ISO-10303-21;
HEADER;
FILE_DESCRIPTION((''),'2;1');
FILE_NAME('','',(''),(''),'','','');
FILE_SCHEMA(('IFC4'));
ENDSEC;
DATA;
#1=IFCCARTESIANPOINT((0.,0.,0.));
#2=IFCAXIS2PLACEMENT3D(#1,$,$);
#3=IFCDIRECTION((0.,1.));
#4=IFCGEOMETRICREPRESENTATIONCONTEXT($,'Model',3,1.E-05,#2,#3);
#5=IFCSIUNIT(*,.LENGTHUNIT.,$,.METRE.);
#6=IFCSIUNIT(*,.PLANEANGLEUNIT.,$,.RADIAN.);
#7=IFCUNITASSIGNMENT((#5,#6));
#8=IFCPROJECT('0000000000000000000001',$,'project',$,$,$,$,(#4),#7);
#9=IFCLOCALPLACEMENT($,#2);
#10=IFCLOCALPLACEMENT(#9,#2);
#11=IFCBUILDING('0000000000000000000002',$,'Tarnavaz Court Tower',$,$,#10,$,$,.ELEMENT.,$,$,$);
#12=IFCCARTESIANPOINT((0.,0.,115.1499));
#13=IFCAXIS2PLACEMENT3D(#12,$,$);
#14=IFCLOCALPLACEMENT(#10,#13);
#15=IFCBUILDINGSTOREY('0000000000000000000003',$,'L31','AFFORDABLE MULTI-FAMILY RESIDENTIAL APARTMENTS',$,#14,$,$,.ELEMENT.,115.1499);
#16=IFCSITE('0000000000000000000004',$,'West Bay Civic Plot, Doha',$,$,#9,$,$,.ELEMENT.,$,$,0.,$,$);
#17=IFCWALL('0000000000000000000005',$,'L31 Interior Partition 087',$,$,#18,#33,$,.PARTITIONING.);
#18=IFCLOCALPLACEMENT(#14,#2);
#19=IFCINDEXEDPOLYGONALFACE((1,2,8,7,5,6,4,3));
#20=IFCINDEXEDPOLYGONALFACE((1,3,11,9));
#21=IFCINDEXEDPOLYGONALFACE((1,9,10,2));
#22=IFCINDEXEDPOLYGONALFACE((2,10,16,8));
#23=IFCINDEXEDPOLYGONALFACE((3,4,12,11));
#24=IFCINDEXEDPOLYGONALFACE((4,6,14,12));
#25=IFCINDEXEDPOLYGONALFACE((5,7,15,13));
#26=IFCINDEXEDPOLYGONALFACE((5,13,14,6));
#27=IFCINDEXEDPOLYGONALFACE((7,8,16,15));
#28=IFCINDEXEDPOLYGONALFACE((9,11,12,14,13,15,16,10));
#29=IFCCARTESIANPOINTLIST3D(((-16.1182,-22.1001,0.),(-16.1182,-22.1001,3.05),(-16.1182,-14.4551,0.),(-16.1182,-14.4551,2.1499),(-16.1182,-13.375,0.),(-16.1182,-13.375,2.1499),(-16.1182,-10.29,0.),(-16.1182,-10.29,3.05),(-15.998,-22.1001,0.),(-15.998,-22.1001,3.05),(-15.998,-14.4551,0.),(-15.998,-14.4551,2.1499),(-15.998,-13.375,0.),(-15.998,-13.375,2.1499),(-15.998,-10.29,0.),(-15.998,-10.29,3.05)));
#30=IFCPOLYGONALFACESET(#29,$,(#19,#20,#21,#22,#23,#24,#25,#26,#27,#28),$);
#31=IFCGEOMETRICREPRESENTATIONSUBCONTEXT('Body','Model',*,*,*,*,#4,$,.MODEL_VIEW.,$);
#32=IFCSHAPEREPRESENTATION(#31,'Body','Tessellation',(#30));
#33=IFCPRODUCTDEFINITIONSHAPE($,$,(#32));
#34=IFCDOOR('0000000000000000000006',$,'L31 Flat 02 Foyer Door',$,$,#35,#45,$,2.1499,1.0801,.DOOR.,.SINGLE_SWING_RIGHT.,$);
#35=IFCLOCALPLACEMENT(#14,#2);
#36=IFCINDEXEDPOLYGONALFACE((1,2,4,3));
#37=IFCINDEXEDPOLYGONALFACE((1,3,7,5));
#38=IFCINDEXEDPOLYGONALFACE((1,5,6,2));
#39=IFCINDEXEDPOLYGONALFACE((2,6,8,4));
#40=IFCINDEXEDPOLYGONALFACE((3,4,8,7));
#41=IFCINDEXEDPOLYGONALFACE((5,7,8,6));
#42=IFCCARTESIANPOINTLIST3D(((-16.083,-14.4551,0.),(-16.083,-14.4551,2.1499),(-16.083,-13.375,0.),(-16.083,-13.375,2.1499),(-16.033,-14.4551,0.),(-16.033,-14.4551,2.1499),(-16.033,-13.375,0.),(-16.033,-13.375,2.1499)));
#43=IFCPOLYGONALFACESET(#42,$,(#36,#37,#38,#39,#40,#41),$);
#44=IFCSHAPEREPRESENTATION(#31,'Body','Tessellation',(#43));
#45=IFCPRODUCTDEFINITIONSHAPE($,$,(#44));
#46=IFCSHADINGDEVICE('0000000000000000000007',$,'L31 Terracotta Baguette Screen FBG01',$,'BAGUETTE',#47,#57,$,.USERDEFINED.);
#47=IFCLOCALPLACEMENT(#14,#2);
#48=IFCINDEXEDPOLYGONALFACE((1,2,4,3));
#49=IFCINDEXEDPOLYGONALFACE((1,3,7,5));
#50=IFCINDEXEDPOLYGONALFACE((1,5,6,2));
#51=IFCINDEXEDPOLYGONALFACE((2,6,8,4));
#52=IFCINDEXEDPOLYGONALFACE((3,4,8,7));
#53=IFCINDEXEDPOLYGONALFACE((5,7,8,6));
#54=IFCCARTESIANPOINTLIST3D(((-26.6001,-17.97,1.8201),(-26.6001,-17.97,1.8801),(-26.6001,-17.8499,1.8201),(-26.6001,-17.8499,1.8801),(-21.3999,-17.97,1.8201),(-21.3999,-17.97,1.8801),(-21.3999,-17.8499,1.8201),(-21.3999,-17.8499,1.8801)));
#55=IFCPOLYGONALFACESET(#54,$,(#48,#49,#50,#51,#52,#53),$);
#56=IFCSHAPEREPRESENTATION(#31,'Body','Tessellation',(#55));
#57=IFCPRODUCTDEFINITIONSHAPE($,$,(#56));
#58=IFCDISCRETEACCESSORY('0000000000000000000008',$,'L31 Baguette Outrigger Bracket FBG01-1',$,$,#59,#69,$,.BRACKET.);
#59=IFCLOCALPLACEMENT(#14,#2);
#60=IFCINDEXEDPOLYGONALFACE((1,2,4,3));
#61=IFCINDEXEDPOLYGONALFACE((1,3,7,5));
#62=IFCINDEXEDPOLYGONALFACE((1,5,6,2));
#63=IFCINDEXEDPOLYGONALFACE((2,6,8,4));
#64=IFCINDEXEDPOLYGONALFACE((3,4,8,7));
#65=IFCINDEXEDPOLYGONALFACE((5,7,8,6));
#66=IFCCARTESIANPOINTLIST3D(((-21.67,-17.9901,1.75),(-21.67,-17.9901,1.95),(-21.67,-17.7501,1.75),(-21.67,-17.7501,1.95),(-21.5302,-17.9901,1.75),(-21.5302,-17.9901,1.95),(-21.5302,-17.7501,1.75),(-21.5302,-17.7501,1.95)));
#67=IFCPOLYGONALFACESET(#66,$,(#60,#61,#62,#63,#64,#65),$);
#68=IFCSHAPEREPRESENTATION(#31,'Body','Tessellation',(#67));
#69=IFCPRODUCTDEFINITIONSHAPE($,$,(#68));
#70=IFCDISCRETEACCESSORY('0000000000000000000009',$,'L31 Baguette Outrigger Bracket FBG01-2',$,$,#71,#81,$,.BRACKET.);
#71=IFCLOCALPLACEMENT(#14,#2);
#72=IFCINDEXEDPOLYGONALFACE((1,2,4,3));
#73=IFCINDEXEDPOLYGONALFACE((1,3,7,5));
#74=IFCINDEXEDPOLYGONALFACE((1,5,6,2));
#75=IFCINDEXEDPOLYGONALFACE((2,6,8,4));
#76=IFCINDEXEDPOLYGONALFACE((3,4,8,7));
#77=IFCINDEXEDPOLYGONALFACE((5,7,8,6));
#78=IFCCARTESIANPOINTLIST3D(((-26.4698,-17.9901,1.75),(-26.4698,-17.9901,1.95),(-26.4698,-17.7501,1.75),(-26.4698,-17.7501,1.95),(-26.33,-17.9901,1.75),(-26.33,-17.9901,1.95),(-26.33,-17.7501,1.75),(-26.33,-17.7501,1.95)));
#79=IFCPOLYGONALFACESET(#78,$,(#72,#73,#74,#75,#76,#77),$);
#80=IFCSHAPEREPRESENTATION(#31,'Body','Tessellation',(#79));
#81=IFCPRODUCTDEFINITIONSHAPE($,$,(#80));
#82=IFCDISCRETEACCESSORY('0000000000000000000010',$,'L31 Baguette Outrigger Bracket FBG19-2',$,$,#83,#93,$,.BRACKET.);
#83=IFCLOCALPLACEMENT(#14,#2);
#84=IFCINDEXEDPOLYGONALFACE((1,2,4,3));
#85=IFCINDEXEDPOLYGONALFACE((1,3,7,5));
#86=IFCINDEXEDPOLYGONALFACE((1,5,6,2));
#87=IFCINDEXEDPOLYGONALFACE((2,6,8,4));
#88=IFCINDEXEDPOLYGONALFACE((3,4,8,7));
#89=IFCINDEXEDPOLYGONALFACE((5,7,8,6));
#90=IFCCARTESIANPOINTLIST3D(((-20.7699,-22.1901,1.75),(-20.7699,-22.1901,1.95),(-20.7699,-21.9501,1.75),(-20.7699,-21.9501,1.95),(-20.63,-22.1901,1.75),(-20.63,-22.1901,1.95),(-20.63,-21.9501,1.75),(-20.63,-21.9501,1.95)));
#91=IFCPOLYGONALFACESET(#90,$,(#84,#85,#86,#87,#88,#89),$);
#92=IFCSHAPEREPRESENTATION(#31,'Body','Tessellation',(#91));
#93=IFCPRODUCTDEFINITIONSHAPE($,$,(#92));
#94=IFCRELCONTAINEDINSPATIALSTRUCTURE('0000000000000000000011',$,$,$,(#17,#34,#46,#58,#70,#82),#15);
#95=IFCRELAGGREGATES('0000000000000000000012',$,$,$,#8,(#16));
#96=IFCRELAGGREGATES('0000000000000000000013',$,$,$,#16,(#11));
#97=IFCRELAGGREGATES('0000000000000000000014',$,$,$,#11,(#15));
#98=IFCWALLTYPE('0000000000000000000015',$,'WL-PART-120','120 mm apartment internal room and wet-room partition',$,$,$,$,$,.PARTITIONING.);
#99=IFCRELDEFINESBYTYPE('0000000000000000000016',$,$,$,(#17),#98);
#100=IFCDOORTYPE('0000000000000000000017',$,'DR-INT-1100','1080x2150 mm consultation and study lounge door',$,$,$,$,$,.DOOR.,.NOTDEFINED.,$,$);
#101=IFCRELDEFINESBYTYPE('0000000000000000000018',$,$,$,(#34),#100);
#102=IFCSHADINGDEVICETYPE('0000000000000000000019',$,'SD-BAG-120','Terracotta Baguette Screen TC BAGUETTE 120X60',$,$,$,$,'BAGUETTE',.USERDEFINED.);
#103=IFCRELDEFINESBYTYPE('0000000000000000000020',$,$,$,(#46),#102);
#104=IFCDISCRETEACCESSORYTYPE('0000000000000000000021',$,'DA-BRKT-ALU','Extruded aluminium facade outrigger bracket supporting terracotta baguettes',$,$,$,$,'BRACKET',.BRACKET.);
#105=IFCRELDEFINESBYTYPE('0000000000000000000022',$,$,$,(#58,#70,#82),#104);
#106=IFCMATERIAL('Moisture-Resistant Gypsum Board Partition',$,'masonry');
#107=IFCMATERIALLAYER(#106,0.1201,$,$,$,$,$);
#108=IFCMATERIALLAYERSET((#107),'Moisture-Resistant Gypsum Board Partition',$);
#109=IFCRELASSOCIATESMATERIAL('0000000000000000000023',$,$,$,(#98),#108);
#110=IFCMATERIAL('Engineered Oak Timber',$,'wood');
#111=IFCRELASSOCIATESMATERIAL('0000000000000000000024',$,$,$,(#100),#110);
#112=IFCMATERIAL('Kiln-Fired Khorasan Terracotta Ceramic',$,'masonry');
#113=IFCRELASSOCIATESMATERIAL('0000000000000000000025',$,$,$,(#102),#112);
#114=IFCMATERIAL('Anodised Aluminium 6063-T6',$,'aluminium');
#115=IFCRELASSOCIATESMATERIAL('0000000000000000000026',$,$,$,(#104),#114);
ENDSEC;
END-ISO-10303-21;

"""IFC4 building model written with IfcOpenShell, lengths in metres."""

from ifc_helpers import new_model, si_unit, direction, frame, frame_2d, origin, origin_2d, place, context, subcontext, project, spatial, rectangle, extrude, material, layer, layer_set, material_profile, profile_set, type_object, element, fill, save


model = new_model("IFC4")

# Units and contexts
model_context = context("Model", 3, precision=1e-05, world=origin(), true_north=direction((0.0, 1.0)))
body_context = subcontext(model_context, "Body", "Model", "MODEL_VIEW")
ifc_project = project(units=[si_unit("LENGTHUNIT", "METRE"), si_unit("PLANEANGLEUNIT", "RADIAN")], contexts=[model_context])

# Site, building, storey
site_placement = place(None, origin())
site = spatial("IfcSite", under=ifc_project, at=site_placement, Name="West Bay Civic Plot, Doha", CompositionType="ELEMENT", RefElevation=0.0)
building_placement = place(site_placement, origin())
building = spatial("IfcBuilding", under=site, at=building_placement, Name="Tarnavaz Court Tower", CompositionType="ELEMENT")
storey_placement = place(building_placement, frame((0.0, 0.0, 115.1499)))
storey = spatial("IfcBuildingStorey", under=building, at=storey_placement, Name="L31", Description="AFFORDABLE MULTI-FAMILY RESIDENTIAL APARTMENTS", CompositionType="ELEMENT", Elevation=115.1499)

# Wall, opening, door
ifc_material_1 = material(Name="Moisture-Resistant Gypsum Board Partition", Category="masonry")
ifc_layer_1 = layer(ifc_material_1, 0.1201)
ifc_layer_set_1 = layer_set([ifc_layer_1], Name="Moisture-Resistant Gypsum Board Partition")
wall_type_1 = type_object("IfcWallType", Name="WL-PART-120", Description="120 mm apartment internal room and wet-room partition", PredefinedType="PARTITIONING", material=ifc_layer_set_1)
wall_1_placement = place(storey_placement, frame((-16.0581, -22.1001, 0.0), z_axis=(0.0, 0.0, 1.0), x_axis=(0.0, 1.0, 0.0)))
wall_1 = element("IfcWall", 1, at=wall_1_placement, inside=storey, type_object=wall_type_1, Name="L31 Interior Partition 087", PredefinedType="PARTITIONING", context=body_context, shape_type="SweptSolid", body=[
    extrude(rectangle(XDim=11.8101, YDim=0.1201, at=frame_2d((5.905, 0.0))), origin(), (0.0, 0.0, 1.0), 3.05),
])
opening_1_placement = place(wall_1_placement, frame((7.645, 0.0, 0.0)))
opening_1 = element("IfcOpeningElement", 2, at=opening_1_placement, cuts=wall_1, PredefinedType="OPENING", context=body_context, shape_type="SweptSolid", body=[
    extrude(rectangle(XDim=1.0801, YDim=2.1499, at=frame_2d((0.54, 1.075))), frame((0.0, 0.0701, 0.0), z_axis=(0.0, -1.0, 0.0), x_axis=(1.0, 0.0, 0.0)), (0.0, 0.0, 1.0), 0.1401),
])
ifc_material_2 = material(Name="Engineered Oak Timber", Category="wood")
door_type = type_object("IfcDoorType", Name="DR-INT-1100", Description="1080x2150 mm consultation and study lounge door", OperationType="NOTDEFINED", PredefinedType="DOOR", material=ifc_material_2)
door_placement = place(opening_1_placement, origin())
door = element("IfcDoor", 3, at=door_placement, inside=storey, type_object=door_type, Name="L31 Flat 02 Foyer Door", OperationType="SINGLE_SWING_RIGHT", OverallHeight=2.1499, OverallWidth=1.0801, PredefinedType="DOOR", context=body_context, shape_type="SweptSolid", body=[
    extrude(rectangle(XDim=1.0801, YDim=2.1499, at=frame_2d((0.54, 1.075))), frame((0.0, 0.0249, 0.0), z_axis=(0.0, -1.0, 0.0), x_axis=(1.0, 0.0, 0.0)), (0.0, 0.0, 1.0), 0.05),
])
fill(opening_1, door)

# Shading device
ifc_material_3 = material(Name="Kiln-Fired Khorasan Terracotta Ceramic", Category="masonry")
ifc_material_profile_1 = material_profile(ifc_material_3, rectangle(XDim=0.1201, YDim=0.0601, at=origin_2d()), Name="TC BAGUETTE 120X60")
ifc_profile_set_1 = profile_set([ifc_material_profile_1], Name="Kiln-Fired Khorasan Terracotta Ceramic")
shading_device_type = type_object("IfcShadingDeviceType", Name="SD-BAG-120", Description="Terracotta Baguette Screen TC BAGUETTE 120X60", ElementType="BAGUETTE", PredefinedType="USERDEFINED", material=ifc_profile_set_1)
shading_device_placement = place(storey_placement, frame((-21.3999, -17.9099, 1.8501), z_axis=(-1.0, 0.0, 0.0), x_axis=(0.0, -1.0, 0.0)))
element("IfcShadingDevice", 4, at=shading_device_placement, inside=storey, type_object=shading_device_type, Name="L31 Terracotta Baguette Screen FBG01", ObjectType="BAGUETTE", PredefinedType="USERDEFINED", context=body_context, shape_type="SweptSolid", body=[
    extrude(rectangle(XDim=0.1201, YDim=0.0601, at=origin_2d()), origin(), (0.0, 0.0, 1.0), 5.2002),
])

# Discrete accessories
ifc_material_4 = material(Name="Anodised Aluminium 6063-T6", Category="aluminium")
discrete_accessory_type = type_object("IfcDiscreteAccessoryType", Name="DA-BRKT-ALU", Description="Extruded aluminium facade outrigger bracket supporting terracotta baguettes", ElementType="BRACKET", PredefinedType="BRACKET", material=ifc_material_4)
for number, where, z_axis, x_axis, name in (
    (5, (-21.6001, -17.8701, 1.75), (0.0, 0.0, 1.0), (-1.0, 0.0, 0.0), "L31 Baguette Outrigger Bracket FBG01-1"),
    (6, (-26.3999, -17.8701, 1.75), (0.0, 0.0, 1.0), (-1.0, 0.0, 0.0), "L31 Baguette Outrigger Bracket FBG01-2"),
    (7, (-20.7, -22.0701, 1.75), (0.0, 0.0, 1.0), (-1.0, 0.0, 0.0), "L31 Baguette Outrigger Bracket FBG19-2"),
):
    element("IfcDiscreteAccessory", number, at=place(storey_placement, frame(where, z_axis=z_axis, x_axis=x_axis)), inside=storey, type_object=discrete_accessory_type, Name=name, PredefinedType="BRACKET", context=body_context, shape_type="SweptSolid", body=[
        extrude(rectangle(XDim=0.1399, YDim=0.24, at=origin_2d()), origin(), (0.0, 0.0, 1.0), 0.2),
    ])

save(model, "model.ifc")
